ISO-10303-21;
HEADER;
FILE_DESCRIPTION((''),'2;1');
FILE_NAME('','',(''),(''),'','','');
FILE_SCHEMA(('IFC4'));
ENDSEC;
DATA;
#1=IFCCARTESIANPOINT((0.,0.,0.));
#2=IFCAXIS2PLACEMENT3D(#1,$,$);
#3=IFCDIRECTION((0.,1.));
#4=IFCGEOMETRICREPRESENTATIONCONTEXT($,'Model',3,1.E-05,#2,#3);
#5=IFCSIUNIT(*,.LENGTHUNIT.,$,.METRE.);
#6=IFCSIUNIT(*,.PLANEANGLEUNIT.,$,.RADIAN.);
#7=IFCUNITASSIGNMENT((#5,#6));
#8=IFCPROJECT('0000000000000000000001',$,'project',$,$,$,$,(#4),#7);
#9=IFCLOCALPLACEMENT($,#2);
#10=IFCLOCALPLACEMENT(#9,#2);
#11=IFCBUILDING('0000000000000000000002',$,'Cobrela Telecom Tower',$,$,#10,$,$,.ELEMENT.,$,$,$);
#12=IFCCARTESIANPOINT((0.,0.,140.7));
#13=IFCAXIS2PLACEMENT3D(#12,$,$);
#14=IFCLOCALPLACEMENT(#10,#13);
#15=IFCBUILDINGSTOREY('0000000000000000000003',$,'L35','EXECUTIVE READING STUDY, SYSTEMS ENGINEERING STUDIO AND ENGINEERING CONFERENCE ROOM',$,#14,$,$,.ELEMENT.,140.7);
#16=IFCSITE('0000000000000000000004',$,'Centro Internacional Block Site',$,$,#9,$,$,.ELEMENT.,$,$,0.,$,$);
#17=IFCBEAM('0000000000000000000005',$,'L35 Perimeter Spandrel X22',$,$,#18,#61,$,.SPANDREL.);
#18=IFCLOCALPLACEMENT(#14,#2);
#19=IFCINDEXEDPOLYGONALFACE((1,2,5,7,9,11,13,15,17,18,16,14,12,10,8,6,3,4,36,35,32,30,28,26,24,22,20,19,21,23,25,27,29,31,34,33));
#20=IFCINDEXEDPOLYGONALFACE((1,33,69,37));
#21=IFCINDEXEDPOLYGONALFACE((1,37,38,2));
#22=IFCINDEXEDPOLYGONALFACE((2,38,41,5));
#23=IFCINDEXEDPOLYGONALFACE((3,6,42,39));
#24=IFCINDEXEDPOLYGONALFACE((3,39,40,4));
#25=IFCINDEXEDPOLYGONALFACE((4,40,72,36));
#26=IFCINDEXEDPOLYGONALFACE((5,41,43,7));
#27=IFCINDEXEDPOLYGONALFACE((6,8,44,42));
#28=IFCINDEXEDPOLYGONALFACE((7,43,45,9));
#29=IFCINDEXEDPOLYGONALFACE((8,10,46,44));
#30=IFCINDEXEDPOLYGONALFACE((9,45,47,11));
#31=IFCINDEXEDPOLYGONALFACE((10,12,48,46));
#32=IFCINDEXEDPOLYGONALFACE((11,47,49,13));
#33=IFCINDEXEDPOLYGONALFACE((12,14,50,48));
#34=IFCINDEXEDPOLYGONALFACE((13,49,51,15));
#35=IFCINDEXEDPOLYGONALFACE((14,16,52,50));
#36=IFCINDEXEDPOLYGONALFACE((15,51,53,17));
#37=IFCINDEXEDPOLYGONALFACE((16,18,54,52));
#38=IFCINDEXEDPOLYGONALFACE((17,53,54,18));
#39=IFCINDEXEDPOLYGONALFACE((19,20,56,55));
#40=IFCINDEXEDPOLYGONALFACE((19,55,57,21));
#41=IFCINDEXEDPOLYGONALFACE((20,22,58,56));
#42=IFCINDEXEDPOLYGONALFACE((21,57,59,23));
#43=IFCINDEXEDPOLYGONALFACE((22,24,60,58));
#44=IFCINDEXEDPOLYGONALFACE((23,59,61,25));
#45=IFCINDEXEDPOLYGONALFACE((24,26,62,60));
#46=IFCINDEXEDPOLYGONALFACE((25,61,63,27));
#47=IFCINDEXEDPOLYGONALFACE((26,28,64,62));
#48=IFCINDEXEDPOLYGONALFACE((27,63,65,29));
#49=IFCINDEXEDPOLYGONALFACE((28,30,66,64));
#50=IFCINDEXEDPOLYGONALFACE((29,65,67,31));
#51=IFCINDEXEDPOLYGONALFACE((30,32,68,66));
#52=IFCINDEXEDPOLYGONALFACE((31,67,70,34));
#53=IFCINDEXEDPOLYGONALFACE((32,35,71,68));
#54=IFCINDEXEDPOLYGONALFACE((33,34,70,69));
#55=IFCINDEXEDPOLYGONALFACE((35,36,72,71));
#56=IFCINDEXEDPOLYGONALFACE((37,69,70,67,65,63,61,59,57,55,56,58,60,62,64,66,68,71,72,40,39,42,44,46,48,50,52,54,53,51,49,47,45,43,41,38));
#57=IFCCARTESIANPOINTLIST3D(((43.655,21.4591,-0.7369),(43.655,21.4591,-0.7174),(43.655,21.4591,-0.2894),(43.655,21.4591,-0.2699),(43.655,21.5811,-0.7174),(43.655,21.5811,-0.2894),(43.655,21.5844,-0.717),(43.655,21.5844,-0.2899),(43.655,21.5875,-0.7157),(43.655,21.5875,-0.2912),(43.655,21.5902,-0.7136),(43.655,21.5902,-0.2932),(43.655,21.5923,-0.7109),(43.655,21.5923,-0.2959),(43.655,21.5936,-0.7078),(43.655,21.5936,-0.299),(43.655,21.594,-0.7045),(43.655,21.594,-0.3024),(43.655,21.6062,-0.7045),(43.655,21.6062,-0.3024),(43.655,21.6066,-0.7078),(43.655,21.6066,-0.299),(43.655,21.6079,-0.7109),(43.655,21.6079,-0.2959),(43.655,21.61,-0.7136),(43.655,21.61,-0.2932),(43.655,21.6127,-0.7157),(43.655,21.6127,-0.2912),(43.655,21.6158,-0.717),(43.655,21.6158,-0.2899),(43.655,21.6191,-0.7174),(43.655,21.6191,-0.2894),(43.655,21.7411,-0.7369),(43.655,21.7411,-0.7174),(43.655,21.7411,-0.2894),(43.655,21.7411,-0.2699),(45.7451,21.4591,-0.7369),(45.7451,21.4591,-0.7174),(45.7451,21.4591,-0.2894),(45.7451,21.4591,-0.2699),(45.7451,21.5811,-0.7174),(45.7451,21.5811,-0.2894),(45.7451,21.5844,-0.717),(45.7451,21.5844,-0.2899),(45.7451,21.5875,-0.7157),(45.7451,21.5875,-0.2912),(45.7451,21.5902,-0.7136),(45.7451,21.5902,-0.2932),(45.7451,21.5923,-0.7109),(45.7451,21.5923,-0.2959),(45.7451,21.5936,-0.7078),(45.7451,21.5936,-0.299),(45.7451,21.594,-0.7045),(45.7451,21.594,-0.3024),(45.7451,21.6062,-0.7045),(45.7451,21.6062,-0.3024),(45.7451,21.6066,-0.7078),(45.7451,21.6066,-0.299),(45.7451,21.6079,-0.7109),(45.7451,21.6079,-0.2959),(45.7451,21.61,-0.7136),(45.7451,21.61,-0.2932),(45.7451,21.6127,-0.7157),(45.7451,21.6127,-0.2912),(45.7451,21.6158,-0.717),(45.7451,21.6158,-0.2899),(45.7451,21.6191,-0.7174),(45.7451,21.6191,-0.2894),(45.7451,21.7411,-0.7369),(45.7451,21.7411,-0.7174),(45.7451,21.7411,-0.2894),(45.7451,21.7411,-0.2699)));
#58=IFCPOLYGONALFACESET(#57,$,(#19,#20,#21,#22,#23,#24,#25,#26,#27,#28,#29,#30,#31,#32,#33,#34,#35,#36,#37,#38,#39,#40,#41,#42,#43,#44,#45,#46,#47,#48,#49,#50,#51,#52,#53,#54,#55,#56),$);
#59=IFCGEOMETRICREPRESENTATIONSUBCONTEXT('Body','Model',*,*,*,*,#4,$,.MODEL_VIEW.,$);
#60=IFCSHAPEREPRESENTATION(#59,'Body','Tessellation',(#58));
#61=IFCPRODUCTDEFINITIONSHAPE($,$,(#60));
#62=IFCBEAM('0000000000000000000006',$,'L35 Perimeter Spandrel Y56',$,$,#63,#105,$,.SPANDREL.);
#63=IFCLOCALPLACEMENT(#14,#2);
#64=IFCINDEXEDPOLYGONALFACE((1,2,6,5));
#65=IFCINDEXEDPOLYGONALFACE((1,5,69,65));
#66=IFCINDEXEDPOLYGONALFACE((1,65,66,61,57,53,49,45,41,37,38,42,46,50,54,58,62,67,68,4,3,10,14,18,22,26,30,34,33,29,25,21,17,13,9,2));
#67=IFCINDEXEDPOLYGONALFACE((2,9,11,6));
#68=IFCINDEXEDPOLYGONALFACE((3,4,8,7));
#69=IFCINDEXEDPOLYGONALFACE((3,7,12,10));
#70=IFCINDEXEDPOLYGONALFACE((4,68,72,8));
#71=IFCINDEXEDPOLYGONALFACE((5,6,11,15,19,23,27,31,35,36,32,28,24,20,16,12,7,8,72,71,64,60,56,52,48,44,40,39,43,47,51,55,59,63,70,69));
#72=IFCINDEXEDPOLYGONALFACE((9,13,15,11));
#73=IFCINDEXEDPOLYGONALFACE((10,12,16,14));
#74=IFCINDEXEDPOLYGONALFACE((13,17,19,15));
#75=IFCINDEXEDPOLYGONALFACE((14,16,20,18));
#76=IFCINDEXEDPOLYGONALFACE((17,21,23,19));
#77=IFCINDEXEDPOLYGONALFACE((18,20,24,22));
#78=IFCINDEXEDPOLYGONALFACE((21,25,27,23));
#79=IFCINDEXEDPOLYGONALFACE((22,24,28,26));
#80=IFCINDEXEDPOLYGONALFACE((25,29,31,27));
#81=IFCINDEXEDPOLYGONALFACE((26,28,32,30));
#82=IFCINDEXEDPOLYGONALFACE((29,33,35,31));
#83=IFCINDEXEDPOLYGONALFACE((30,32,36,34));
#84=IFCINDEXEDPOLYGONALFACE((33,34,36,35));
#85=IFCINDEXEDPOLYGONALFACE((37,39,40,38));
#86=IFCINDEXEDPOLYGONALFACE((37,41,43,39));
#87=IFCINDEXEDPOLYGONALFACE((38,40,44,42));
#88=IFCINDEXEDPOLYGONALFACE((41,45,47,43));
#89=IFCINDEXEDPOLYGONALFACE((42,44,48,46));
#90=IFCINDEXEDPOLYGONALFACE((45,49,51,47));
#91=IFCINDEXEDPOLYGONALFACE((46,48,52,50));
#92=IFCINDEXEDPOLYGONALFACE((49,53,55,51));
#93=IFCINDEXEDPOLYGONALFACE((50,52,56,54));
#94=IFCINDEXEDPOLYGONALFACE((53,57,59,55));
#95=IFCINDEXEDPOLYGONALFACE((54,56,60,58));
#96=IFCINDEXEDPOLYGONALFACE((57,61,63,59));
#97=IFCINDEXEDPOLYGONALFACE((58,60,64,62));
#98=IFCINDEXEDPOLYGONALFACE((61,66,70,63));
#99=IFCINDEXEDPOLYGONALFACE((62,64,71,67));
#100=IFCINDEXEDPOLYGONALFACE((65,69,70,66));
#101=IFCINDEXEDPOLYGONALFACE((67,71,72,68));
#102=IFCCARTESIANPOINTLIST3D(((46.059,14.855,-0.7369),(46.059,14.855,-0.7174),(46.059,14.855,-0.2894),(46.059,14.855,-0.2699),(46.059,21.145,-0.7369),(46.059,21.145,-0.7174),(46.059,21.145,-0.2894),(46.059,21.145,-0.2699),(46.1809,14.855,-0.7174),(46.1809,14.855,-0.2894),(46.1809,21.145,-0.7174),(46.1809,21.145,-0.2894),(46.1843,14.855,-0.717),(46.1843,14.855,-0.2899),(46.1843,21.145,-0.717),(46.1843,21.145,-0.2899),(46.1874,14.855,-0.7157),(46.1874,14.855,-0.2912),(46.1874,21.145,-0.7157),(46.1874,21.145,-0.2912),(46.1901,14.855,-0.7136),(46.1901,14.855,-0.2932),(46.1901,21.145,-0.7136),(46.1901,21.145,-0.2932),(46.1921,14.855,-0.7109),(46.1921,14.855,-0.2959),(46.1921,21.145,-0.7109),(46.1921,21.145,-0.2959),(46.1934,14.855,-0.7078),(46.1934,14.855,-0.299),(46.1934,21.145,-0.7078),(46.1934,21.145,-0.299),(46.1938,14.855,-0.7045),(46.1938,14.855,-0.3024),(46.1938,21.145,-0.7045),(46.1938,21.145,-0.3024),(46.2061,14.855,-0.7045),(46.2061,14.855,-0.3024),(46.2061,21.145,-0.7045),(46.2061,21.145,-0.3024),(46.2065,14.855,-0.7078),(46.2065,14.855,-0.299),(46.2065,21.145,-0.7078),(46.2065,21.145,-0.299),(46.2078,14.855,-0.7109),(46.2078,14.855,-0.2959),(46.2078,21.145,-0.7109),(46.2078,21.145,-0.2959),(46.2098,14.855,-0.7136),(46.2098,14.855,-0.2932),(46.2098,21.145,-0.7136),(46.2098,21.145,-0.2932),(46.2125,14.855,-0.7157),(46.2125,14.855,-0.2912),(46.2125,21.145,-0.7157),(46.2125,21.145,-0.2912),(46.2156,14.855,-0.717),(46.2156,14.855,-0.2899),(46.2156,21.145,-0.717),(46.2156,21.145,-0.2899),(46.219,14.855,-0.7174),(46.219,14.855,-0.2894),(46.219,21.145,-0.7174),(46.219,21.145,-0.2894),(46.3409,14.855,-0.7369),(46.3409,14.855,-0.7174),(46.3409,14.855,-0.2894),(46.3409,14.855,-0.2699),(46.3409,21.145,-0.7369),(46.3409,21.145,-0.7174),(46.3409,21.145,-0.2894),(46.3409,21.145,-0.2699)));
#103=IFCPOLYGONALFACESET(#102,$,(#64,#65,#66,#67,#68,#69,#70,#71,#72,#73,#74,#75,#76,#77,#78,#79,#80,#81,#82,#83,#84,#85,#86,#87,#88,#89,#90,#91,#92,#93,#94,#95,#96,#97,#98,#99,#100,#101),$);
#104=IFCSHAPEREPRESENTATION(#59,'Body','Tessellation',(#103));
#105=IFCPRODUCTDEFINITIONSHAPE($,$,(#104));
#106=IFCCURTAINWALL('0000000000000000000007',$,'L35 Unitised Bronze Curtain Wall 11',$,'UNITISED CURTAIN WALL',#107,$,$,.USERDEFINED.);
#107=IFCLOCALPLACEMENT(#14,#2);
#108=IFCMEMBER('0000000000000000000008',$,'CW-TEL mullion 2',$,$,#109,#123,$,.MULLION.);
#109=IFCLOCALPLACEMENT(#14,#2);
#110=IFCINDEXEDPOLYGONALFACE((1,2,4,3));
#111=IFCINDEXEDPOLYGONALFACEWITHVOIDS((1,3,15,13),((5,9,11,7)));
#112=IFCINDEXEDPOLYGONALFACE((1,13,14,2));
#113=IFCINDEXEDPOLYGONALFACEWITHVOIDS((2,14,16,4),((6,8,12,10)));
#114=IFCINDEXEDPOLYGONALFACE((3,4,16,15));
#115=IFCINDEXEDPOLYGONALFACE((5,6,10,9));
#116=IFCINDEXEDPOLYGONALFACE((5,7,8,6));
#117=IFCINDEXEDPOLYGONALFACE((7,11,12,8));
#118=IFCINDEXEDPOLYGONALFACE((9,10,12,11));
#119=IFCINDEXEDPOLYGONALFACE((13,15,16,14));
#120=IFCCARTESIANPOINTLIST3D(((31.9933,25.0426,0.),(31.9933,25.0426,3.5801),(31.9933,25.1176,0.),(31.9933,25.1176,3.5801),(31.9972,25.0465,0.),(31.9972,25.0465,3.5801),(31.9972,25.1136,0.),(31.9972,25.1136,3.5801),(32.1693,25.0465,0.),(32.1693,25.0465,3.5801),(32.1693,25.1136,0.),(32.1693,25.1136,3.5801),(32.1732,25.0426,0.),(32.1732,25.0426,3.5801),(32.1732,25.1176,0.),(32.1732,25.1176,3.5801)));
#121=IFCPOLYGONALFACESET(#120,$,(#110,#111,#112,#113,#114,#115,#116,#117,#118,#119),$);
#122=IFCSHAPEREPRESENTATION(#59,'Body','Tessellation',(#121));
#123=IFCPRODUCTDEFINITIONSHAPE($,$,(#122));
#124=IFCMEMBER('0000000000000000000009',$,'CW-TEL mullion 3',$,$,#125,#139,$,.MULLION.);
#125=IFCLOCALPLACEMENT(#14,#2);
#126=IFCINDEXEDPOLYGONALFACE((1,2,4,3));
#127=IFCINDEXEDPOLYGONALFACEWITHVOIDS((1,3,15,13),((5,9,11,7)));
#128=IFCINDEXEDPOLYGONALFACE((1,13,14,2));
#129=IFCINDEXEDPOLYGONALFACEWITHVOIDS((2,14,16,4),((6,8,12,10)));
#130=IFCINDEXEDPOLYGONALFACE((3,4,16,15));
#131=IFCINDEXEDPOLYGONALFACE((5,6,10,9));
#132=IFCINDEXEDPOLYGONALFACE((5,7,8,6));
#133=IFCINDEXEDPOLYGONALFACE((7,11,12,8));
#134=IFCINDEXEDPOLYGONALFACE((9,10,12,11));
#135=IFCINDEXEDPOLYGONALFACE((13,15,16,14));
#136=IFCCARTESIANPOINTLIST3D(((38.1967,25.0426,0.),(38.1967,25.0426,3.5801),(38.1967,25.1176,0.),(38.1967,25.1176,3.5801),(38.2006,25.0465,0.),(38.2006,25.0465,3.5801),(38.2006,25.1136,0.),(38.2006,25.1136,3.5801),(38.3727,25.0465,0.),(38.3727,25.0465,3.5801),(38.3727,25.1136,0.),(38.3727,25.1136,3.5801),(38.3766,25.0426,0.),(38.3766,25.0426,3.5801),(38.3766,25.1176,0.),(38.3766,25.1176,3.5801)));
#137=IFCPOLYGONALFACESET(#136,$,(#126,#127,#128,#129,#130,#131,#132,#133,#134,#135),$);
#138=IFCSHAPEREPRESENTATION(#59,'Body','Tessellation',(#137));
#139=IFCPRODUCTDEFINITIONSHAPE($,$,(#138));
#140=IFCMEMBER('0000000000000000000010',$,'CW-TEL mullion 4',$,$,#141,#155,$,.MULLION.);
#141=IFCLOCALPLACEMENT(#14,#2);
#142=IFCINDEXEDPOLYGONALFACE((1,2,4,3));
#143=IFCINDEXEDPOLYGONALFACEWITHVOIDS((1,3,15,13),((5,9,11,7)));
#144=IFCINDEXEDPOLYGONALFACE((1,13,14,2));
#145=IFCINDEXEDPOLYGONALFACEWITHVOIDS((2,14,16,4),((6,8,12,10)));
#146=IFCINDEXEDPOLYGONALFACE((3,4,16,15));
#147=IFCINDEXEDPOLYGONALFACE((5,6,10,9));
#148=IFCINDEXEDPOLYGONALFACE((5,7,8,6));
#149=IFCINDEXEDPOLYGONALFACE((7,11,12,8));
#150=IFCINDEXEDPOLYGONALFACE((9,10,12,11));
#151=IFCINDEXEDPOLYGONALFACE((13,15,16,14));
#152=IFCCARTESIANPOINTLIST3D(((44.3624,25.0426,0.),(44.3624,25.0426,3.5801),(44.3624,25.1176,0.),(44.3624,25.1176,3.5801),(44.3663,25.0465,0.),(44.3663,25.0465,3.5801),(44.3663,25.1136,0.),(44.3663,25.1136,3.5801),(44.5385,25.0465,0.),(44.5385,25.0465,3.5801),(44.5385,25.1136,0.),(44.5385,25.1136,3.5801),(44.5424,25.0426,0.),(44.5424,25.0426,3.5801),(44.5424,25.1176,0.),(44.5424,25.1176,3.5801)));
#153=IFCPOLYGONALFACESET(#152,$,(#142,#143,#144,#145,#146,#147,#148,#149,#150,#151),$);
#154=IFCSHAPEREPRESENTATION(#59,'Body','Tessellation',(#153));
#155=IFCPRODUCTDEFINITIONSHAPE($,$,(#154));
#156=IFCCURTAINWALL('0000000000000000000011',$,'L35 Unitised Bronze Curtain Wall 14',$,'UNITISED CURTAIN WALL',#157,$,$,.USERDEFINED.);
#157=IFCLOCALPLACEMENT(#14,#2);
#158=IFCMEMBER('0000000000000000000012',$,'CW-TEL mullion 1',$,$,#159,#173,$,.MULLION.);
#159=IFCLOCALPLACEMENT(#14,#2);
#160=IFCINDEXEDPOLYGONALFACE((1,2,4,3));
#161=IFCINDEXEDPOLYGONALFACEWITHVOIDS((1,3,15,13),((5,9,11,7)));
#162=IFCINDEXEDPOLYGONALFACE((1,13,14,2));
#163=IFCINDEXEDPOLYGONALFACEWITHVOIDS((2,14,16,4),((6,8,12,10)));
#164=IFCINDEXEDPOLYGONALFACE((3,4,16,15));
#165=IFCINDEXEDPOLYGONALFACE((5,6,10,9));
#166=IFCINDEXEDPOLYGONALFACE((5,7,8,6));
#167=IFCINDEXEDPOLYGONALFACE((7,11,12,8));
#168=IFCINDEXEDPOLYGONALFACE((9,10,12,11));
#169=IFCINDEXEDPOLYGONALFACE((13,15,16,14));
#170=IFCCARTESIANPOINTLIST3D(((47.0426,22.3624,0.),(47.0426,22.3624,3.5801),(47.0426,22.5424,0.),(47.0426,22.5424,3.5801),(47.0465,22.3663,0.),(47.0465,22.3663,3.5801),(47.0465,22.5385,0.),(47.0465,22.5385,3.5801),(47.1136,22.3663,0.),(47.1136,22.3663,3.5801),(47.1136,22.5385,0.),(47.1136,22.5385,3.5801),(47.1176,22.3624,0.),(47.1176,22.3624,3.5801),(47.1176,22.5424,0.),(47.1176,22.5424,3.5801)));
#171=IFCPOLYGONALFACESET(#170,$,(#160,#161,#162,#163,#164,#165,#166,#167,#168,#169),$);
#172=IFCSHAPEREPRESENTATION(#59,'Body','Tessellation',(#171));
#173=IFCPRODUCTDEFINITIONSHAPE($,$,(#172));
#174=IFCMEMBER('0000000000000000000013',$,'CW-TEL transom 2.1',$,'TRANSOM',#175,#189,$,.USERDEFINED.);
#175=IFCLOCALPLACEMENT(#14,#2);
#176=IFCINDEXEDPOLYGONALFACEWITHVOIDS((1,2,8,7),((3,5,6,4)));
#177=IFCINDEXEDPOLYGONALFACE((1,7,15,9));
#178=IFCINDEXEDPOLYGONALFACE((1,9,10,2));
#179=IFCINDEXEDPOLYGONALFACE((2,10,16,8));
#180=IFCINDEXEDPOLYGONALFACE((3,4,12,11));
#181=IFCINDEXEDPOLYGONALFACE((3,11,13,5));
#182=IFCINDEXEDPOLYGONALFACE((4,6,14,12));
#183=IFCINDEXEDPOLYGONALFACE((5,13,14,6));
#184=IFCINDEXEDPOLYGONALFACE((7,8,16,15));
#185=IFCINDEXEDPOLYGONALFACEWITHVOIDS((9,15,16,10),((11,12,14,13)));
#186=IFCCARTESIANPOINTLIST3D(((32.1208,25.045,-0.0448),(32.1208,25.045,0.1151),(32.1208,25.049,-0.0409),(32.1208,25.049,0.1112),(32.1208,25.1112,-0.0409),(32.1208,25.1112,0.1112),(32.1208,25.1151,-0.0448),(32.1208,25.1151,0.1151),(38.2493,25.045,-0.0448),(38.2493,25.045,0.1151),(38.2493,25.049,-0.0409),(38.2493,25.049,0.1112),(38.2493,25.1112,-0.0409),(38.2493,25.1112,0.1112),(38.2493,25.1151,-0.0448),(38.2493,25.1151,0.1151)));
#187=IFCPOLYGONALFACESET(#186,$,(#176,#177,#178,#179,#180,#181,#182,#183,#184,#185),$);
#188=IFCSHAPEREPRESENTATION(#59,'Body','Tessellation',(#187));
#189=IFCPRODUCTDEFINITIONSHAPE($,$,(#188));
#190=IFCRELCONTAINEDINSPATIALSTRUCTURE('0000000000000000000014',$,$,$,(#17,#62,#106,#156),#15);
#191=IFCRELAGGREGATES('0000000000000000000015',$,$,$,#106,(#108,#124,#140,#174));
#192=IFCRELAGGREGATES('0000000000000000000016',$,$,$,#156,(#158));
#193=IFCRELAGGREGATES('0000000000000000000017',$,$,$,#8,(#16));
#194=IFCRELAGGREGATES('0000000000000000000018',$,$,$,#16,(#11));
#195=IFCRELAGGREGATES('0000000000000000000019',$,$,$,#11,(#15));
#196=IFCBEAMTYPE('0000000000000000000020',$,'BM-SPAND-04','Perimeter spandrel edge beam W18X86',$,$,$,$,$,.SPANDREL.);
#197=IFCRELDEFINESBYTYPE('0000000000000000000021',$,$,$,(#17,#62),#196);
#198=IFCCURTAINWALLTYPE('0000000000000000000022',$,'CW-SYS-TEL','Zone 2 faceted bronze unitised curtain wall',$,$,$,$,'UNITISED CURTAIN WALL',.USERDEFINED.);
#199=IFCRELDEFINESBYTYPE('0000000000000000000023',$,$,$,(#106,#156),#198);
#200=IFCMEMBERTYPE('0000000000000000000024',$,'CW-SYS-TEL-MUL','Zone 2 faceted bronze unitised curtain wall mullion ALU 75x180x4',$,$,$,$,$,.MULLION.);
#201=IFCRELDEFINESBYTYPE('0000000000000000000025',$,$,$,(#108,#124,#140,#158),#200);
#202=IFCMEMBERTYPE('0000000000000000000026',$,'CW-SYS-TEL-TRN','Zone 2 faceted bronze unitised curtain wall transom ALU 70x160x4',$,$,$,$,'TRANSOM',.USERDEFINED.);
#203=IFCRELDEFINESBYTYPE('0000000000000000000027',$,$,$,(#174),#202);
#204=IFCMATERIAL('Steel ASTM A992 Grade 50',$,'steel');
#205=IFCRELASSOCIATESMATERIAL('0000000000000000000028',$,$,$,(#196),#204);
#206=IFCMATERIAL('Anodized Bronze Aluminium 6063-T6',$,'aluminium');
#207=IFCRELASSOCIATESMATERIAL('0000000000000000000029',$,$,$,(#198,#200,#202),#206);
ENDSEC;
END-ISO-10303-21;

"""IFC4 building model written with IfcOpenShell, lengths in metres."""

from ifc_helpers import new_model, si_unit, direction, frame, origin, origin_2d, place, context, subcontext, project, spatial, hollow_rectangle, i_section, extrude, material, material_profile, profile_set, type_object, element, aggregate, save


model = new_model("IFC4")

# Units and contexts
model_context = context("Model", 3, precision=1e-05, world=origin(), true_north=direction((0.0, 1.0)))
body_context = subcontext(model_context, "Body", "Model", "MODEL_VIEW")
ifc_project = project(units=[si_unit("LENGTHUNIT", "METRE"), si_unit("PLANEANGLEUNIT", "RADIAN")], contexts=[model_context])

# Site, building, storey
site_placement = place(None, origin())
site = spatial("IfcSite", under=ifc_project, at=site_placement, Name="Centro Internacional Block Site", CompositionType="ELEMENT", RefElevation=0.0)
building_placement = place(site_placement, origin())
building = spatial("IfcBuilding", under=site, at=building_placement, Name="Cobrela Telecom Tower", CompositionType="ELEMENT")
storey_placement = place(building_placement, frame((0.0, 0.0, 140.7)))
storey = spatial("IfcBuildingStorey", under=building, at=storey_placement, Name="L35", Description="EXECUTIVE READING STUDY, SYSTEMS ENGINEERING STUDIO AND ENGINEERING CONFERENCE ROOM", CompositionType="ELEMENT", Elevation=140.7)

# Shared definitions
ifc_material_1 = material(Name="Steel ASTM A992 Grade 50", Category="steel")

# Beams
ifc_material_profile_1 = material_profile(ifc_material_1, i_section(OverallWidth=0.282, OverallDepth=0.467, WebThickness=0.0122, FlangeThickness=0.0195, FilletRadius=0.0129, at=origin_2d()), Name="W18X86")
ifc_profile_set_1 = profile_set([ifc_material_profile_1], Name="Steel ASTM A992 Grade 50")
beam_type_1 = type_object("IfcBeamType", Name="BM-SPAND-04", Description="Perimeter spandrel edge beam W18X86", PredefinedType="SPANDREL", material=ifc_profile_set_1)
beam_1_placement = place(storey_placement, frame((43.655, 21.6001, -0.5034), z_axis=(1.0, 0.0, 0.0), x_axis=(0.0, 1.0, 0.0)))
element("IfcBeam", 1, at=beam_1_placement, inside=storey, type_object=beam_type_1, Name="L35 Perimeter Spandrel X22", PredefinedType="SPANDREL", context=body_context, shape_type="SweptSolid", body=[
    extrude(i_section(OverallWidth=0.282, OverallDepth=0.467, WebThickness=0.0122, FlangeThickness=0.0195, FilletRadius=0.0129, at=origin_2d()), origin(), (0.0, 0.0, 1.0), 2.0901),
])
beam_2_placement = place(storey_placement, frame((46.2, 14.855, -0.5034), z_axis=(0.0, 1.0, 0.0), x_axis=(-1.0, 0.0, 0.0)))
element("IfcBeam", 2, at=beam_2_placement, inside=storey, type_object=beam_type_1, Name="L35 Perimeter Spandrel Y56", PredefinedType="SPANDREL", context=body_context, shape_type="SweptSolid", body=[
    extrude(i_section(OverallWidth=0.282, OverallDepth=0.467, WebThickness=0.0122, FlangeThickness=0.0195, FilletRadius=0.0129, at=origin_2d()), origin(), (0.0, 0.0, 1.0), 6.29),
])

# Curtain wall, members
ifc_material_2 = material(Name="Anodized Bronze Aluminium 6063-T6", Category="aluminium")
curtain_wall_type = type_object("IfcCurtainWallType", Name="CW-SYS-TEL", Description="Zone 2 faceted bronze unitised curtain wall", ElementType="UNITISED CURTAIN WALL", PredefinedType="USERDEFINED", material=ifc_material_2)
curtain_wall_1_placement = place(storey_placement, origin())
curtain_wall_1 = element("IfcCurtainWall", 3, at=curtain_wall_1_placement, inside=storey, type_object=curtain_wall_type, Name="L35 Unitised Bronze Curtain Wall 11", ObjectType="UNITISED CURTAIN WALL", PredefinedType="USERDEFINED")
ifc_material_profile_2 = material_profile(ifc_material_2, hollow_rectangle(XDim=0.075, YDim=0.1799, WallThickness=0.0039, at=origin_2d()), Name="ALU 75x180x4")
ifc_profile_set_2 = profile_set([ifc_material_profile_2], Name="Anodized Bronze Aluminium 6063-T6")
member_type_1 = type_object("IfcMemberType", Name="CW-SYS-TEL-MUL", Description="Zone 2 faceted bronze unitised curtain wall mullion ALU 75x180x4", PredefinedType="MULLION", material=ifc_profile_set_2)
member_1_placement = place(storey_placement, frame((32.0833, 25.0801, 0.0), z_axis=(0.0, 0.0, 1.0), x_axis=(0.0, 1.0, 0.0)))
member_1 = element("IfcMember", 4, at=member_1_placement, type_object=member_type_1, Name="CW-TEL mullion 2", PredefinedType="MULLION", context=body_context, shape_type="SweptSolid", body=[
    extrude(hollow_rectangle(XDim=0.075, YDim=0.1799, WallThickness=0.0039, at=origin_2d()), origin(), (0.0, 0.0, 1.0), 3.5801),
])
member_2_placement = place(storey_placement, frame((38.2866, 25.0801, 0.0), z_axis=(0.0, 0.0, 1.0), x_axis=(0.0, 1.0, 0.0)))
member_2 = element("IfcMember", 5, at=member_2_placement, type_object=member_type_1, Name="CW-TEL mullion 3", PredefinedType="MULLION", context=body_context, shape_type="SweptSolid", body=[
    extrude(hollow_rectangle(XDim=0.075, YDim=0.1799, WallThickness=0.0039, at=origin_2d()), origin(), (0.0, 0.0, 1.0), 3.5801),
])
member_3_placement = place(storey_placement, frame((44.4524, 25.0801, 0.0), z_axis=(0.0, 0.0, 1.0), x_axis=(0.0, 1.0, 0.0)))
member_3 = element("IfcMember", 6, at=member_3_placement, type_object=member_type_1, Name="CW-TEL mullion 4", PredefinedType="MULLION", context=body_context, shape_type="SweptSolid", body=[
    extrude(hollow_rectangle(XDim=0.075, YDim=0.1799, WallThickness=0.0039, at=origin_2d()), origin(), (0.0, 0.0, 1.0), 3.5801),
])

# Curtain wall, member
curtain_wall_2_placement = place(storey_placement, origin())
curtain_wall_2 = element("IfcCurtainWall", 7, at=curtain_wall_2_placement, inside=storey, type_object=curtain_wall_type, Name="L35 Unitised Bronze Curtain Wall 14", ObjectType="UNITISED CURTAIN WALL", PredefinedType="USERDEFINED")
member_4_placement = place(storey_placement, frame((47.0801, 22.4524, 0.0), z_axis=(0.0, 0.0, 1.0), x_axis=(1.0, 0.0, 0.0)))
member_4 = element("IfcMember", 8, at=member_4_placement, type_object=member_type_1, Name="CW-TEL mullion 1", PredefinedType="MULLION", context=body_context, shape_type="SweptSolid", body=[
    extrude(hollow_rectangle(XDim=0.075, YDim=0.1799, WallThickness=0.0039, at=origin_2d()), origin(), (0.0, 0.0, 1.0), 3.5801),
])

# Member
ifc_material_profile_3 = material_profile(ifc_material_2, hollow_rectangle(XDim=0.0701, YDim=0.1599, WallThickness=0.0039, at=origin_2d()), Name="ALU 70x160x4")
ifc_profile_set_3 = profile_set([ifc_material_profile_3], Name="Anodized Bronze Aluminium 6063-T6")
member_type_2 = type_object("IfcMemberType", Name="CW-SYS-TEL-TRN", Description="Zone 2 faceted bronze unitised curtain wall transom ALU 70x160x4", ElementType="TRANSOM", PredefinedType="USERDEFINED", material=ifc_profile_set_3)
member_5_placement = place(storey_placement, frame((32.1208, 25.0801, 0.0352), z_axis=(1.0, 0.0, 0.0), x_axis=(0.0, 1.0, 0.0)))
member_5 = element("IfcMember", 9, at=member_5_placement, type_object=member_type_2, Name="CW-TEL transom 2.1", ObjectType="TRANSOM", PredefinedType="USERDEFINED", context=body_context, shape_type="SweptSolid", body=[
    extrude(hollow_rectangle(XDim=0.0701, YDim=0.1599, WallThickness=0.0039, at=origin_2d()), origin(), (0.0, 0.0, 1.0), 6.1284),
])

aggregate(curtain_wall_1, [member_1, member_2, member_3, member_5])
aggregate(curtain_wall_2, [member_4])

save(model, "model.ifc")
